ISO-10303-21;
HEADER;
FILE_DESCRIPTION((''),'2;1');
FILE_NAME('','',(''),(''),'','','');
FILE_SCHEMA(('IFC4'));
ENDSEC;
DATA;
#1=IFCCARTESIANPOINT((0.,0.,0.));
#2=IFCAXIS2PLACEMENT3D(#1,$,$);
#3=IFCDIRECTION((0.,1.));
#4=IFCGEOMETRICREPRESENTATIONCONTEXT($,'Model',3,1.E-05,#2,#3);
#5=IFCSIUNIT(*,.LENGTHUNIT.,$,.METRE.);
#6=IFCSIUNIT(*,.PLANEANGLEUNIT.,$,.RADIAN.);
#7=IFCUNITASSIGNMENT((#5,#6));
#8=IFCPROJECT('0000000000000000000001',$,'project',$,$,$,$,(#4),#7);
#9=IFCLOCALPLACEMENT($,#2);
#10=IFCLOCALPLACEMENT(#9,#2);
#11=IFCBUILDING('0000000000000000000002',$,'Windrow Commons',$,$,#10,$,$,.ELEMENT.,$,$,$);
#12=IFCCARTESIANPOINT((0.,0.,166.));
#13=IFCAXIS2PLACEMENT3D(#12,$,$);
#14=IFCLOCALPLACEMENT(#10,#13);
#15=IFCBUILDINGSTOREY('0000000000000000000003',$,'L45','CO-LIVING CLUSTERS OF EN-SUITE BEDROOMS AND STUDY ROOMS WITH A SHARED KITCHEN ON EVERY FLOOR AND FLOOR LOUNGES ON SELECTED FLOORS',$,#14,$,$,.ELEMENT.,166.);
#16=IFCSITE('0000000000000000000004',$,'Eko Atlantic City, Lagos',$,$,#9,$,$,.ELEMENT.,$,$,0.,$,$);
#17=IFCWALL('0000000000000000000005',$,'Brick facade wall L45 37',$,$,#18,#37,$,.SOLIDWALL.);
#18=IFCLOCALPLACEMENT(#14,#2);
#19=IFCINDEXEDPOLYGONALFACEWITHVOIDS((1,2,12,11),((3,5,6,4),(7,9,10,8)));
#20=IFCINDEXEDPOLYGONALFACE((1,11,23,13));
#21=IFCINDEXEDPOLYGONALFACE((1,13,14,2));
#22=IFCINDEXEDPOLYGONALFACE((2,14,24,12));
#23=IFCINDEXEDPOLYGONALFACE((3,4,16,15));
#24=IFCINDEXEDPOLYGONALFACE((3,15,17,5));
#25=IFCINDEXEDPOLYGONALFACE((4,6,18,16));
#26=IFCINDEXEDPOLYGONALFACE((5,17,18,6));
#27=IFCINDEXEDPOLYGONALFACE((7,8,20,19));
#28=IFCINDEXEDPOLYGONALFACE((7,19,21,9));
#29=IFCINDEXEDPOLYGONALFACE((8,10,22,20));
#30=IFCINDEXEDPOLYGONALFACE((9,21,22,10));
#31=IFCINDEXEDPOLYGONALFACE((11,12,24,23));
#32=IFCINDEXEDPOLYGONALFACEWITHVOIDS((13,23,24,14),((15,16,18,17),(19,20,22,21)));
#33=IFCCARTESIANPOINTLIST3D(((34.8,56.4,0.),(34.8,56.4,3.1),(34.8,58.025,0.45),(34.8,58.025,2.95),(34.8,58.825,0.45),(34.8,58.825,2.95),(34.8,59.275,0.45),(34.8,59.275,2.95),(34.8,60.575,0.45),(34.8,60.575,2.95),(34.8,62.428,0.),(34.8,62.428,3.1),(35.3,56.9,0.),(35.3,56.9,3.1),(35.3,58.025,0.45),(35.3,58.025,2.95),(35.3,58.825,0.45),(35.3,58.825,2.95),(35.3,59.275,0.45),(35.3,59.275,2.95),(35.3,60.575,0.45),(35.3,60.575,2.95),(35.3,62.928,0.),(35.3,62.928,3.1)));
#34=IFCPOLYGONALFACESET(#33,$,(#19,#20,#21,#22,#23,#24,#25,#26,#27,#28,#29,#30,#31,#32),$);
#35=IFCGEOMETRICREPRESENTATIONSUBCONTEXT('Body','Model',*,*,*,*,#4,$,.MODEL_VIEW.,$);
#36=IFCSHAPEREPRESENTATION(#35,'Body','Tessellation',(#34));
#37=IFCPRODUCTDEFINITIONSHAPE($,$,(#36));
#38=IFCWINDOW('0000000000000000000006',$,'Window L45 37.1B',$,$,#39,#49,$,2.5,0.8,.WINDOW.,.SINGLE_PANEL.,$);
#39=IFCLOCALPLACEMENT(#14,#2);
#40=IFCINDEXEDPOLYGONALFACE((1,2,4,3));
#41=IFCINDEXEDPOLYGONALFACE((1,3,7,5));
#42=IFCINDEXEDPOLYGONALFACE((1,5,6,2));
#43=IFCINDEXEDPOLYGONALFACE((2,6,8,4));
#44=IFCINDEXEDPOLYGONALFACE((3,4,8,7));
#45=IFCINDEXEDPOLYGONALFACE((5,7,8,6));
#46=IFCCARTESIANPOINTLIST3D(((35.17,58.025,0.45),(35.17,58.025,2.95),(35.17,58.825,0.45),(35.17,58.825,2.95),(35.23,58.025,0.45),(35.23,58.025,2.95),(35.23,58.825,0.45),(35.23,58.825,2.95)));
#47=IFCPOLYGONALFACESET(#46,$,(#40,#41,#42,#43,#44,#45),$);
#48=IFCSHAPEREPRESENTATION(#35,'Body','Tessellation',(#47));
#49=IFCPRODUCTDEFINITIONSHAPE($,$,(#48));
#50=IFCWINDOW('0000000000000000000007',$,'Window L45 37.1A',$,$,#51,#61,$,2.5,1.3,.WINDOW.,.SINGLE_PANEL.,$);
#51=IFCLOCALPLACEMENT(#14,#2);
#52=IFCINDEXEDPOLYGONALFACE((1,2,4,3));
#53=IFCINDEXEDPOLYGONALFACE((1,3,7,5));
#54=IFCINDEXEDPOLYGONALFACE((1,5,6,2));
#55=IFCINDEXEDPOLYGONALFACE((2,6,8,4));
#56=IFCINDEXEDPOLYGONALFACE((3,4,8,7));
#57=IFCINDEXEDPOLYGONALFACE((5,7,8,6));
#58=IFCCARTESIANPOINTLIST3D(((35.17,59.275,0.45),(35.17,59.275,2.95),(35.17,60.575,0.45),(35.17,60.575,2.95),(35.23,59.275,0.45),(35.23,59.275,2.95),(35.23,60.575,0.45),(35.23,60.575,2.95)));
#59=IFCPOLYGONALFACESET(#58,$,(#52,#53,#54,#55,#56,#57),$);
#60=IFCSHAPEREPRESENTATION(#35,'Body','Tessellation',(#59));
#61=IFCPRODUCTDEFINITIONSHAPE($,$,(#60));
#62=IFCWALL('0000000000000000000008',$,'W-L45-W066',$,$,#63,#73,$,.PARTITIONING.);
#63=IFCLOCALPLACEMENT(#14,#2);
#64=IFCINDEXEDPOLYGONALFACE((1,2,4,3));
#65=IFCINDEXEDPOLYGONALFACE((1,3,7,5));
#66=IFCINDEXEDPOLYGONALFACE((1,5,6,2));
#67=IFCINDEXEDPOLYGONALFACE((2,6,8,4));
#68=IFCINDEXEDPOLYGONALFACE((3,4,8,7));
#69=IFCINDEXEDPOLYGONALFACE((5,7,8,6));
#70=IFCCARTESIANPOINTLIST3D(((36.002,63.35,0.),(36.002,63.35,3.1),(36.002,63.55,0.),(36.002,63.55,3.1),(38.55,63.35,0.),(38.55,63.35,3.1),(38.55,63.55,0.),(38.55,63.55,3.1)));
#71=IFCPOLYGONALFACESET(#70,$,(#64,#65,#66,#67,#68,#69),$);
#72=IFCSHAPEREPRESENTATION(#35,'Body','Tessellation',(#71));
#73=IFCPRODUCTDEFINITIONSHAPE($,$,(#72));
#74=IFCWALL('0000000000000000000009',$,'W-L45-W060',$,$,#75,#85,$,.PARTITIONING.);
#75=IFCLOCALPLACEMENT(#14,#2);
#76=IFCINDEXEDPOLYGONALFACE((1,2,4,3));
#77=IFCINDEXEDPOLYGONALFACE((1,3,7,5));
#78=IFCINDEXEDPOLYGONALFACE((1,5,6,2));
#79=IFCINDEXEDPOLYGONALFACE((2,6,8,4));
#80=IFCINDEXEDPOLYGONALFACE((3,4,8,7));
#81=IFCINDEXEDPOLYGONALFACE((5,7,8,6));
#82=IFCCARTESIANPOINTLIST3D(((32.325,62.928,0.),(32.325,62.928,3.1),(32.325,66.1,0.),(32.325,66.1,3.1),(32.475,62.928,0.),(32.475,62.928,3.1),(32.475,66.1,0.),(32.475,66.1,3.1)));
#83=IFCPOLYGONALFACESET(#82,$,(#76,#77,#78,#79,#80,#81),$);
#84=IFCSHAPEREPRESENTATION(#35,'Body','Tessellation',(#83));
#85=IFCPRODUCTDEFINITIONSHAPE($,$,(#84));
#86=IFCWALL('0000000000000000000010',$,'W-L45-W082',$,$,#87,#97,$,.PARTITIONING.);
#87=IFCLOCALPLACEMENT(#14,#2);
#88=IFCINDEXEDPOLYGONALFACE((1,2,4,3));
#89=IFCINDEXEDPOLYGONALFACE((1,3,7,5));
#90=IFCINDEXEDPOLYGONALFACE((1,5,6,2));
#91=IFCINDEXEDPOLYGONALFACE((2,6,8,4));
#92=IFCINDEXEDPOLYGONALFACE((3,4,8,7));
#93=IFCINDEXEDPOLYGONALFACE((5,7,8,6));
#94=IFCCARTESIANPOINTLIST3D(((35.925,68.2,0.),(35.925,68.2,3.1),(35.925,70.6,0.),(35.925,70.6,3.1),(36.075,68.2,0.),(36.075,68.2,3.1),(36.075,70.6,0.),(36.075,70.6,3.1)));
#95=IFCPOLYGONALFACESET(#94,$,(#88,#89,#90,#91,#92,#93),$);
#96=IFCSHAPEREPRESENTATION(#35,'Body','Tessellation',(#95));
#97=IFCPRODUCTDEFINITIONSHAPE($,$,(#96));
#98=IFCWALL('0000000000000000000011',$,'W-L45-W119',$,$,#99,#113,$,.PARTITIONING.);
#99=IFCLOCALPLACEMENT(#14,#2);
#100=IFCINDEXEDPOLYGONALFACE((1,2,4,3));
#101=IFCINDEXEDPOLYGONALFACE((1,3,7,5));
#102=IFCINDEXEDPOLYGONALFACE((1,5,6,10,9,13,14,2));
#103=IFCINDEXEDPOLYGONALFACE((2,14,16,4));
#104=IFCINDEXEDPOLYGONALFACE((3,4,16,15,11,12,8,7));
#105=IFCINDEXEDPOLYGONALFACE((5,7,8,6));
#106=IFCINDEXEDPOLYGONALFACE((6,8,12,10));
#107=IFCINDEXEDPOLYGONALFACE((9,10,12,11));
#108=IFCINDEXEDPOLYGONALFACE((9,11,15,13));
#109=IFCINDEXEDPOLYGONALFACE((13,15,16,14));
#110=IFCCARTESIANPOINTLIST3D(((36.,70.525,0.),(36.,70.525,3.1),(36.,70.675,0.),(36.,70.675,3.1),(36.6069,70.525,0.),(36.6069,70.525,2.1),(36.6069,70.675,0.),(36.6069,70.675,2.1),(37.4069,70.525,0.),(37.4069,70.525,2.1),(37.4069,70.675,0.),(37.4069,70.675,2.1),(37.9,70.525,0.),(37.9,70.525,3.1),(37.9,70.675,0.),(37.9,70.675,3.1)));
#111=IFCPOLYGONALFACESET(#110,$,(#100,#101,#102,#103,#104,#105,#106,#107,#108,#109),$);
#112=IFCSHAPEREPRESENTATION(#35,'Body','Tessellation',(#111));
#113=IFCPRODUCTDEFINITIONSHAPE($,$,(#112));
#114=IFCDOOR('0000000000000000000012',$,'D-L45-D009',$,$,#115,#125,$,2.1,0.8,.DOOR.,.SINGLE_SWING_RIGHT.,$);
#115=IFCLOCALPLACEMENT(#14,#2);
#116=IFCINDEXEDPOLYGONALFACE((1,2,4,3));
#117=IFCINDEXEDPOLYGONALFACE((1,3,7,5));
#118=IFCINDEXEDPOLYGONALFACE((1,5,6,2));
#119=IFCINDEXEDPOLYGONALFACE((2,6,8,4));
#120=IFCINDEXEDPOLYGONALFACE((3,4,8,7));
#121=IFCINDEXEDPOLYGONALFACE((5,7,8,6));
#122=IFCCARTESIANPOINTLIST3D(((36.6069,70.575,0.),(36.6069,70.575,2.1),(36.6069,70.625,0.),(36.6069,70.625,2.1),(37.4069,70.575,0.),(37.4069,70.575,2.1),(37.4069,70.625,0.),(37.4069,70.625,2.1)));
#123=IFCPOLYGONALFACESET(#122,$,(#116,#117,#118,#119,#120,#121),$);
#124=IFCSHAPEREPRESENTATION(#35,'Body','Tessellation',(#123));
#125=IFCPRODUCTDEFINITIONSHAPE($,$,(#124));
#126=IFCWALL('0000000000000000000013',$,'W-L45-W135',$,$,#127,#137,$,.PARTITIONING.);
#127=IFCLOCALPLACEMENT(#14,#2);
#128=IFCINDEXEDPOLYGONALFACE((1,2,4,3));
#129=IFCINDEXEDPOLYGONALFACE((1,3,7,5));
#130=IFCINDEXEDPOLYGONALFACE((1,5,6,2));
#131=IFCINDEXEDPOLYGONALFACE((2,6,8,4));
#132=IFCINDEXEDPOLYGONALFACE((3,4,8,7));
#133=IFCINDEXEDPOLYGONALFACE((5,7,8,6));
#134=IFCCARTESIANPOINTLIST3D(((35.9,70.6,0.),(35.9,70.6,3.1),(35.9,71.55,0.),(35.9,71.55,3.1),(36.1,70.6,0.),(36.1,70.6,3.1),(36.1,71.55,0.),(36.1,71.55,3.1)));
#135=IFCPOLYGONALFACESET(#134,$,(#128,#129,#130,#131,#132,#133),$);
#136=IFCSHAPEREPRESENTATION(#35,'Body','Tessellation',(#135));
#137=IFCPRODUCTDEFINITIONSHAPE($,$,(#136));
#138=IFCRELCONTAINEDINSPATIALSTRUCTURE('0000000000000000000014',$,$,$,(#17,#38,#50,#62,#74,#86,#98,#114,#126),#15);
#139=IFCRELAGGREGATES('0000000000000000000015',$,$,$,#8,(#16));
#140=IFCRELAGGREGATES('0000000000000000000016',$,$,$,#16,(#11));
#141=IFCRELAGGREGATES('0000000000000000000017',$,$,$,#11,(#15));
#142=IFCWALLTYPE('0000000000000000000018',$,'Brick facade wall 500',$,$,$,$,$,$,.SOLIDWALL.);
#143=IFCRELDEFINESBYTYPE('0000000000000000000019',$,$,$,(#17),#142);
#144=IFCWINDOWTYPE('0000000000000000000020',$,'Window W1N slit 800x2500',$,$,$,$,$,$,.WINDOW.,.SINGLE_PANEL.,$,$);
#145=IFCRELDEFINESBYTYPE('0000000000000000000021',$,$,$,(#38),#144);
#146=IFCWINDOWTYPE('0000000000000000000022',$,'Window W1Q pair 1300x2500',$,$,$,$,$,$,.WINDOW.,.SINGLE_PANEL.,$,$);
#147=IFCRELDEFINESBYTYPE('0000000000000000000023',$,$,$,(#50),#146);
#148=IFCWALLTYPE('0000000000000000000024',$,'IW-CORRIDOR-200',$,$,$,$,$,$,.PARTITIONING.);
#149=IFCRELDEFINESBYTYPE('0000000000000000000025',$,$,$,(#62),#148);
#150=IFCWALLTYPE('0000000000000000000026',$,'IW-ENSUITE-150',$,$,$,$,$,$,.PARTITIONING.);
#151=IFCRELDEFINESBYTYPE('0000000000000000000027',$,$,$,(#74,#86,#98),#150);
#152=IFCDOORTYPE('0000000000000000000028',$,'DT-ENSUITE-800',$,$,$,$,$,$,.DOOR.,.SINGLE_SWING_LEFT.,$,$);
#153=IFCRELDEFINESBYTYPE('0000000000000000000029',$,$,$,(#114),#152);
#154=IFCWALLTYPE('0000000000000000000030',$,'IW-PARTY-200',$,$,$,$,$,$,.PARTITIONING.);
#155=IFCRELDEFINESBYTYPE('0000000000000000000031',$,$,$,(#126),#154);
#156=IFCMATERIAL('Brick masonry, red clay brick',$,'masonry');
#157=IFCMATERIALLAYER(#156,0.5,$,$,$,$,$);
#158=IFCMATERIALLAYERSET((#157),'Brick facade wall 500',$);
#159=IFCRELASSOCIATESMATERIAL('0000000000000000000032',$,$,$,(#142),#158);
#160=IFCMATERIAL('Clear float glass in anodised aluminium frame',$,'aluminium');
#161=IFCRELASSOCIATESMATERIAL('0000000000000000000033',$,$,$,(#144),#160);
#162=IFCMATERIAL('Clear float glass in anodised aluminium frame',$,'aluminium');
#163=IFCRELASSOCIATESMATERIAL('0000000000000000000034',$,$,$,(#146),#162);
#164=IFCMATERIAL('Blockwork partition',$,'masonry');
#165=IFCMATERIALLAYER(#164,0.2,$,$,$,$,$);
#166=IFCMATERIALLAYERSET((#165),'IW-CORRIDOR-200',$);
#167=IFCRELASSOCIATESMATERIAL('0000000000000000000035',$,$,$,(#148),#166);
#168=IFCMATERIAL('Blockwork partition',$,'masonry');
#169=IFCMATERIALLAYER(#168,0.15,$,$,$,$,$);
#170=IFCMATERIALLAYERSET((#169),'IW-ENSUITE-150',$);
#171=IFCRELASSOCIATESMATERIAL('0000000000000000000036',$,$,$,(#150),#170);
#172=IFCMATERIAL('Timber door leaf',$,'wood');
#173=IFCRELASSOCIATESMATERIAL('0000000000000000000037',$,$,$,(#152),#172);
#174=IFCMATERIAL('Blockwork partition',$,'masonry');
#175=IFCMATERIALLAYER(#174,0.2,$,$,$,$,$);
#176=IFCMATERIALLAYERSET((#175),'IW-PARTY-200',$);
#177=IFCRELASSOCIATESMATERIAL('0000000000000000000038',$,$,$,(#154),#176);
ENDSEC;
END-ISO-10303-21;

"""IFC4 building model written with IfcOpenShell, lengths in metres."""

from ifc_helpers import new_model, si_unit, direction, frame, frame_2d, origin, place, context, subcontext, project, spatial, polyline, rectangle, outline, extrude, material, layer, layer_set, type_object, element, fill, save


model = new_model("IFC4")

# Units and contexts
model_context = context("Model", 3, precision=1e-05, world=origin(), true_north=direction((0.0, 1.0)))
body_context = subcontext(model_context, "Body", "Model", "MODEL_VIEW")
ifc_project = project(units=[si_unit("LENGTHUNIT", "METRE"), si_unit("PLANEANGLEUNIT", "RADIAN")], contexts=[model_context])

# Site, building, storey
site_placement = place(None, origin())
site = spatial("IfcSite", under=ifc_project, at=site_placement, Name="Eko Atlantic City, Lagos", CompositionType="ELEMENT", RefElevation=0.0)
building_placement = place(site_placement, origin())
building = spatial("IfcBuilding", under=site, at=building_placement, Name="Windrow Commons", CompositionType="ELEMENT")
storey_placement = place(building_placement, frame((0.0, 0.0, 166.0)))
storey = spatial("IfcBuildingStorey", under=building, at=storey_placement, Name="L45", Description="CO-LIVING CLUSTERS OF EN-SUITE BEDROOMS AND STUDY ROOMS WITH A SHARED KITCHEN ON EVERY FLOOR AND FLOOR LOUNGES ON SELECTED FLOORS", CompositionType="ELEMENT", Elevation=166.0)

# Wall, openings, windows
ifc_material_1 = material(Name="Brick masonry, red clay brick", Category="masonry")
ifc_layer_1 = layer(ifc_material_1, 0.5)
ifc_layer_set_1 = layer_set([ifc_layer_1], Name="Brick facade wall 500")
wall_type_1 = type_object("IfcWallType", Name="Brick facade wall 500", PredefinedType="SOLIDWALL", material=ifc_layer_set_1)
wall_1_placement = place(storey_placement, frame((35.05, 62.678, 0.0), z_axis=(0.0, 0.0, 1.0), x_axis=(0.0, -1.0, 0.0)))
wall_1 = element("IfcWall", 1, at=wall_1_placement, inside=storey, type_object=wall_type_1, Name="Brick facade wall L45 37", PredefinedType="SOLIDWALL", context=body_context, shape_type="SweptSolid", body=[
    extrude(outline(polyline([(0.25, -0.25), (6.278, -0.25), (5.778, 0.25), (-0.25, 0.25), (0.25, -0.25)])), origin(), (0.0, 0.0, 1.0), 3.1),
])
opening_1_placement = place(wall_1_placement, frame((2.103, 0.0, 0.45)))
opening_1 = element("IfcOpeningElement", 2, at=opening_1_placement, cuts=wall_1, PredefinedType="OPENING", context=body_context, shape_type="SweptSolid", body=[
    extrude(rectangle(XDim=1.3, YDim=2.5, at=frame_2d((0.65, 1.25))), frame((0.0, 0.26, 0.0), z_axis=(0.0, -1.0, 0.0), x_axis=(1.0, 0.0, 0.0)), (0.0, 0.0, 1.0), 0.52),
])
opening_2_placement = place(wall_1_placement, frame((3.853, 0.0, 0.45)))
opening_2 = element("IfcOpeningElement", 3, at=opening_2_placement, cuts=wall_1, PredefinedType="OPENING", context=body_context, shape_type="SweptSolid", body=[
    extrude(rectangle(XDim=0.8, YDim=2.5, at=frame_2d((0.4, 1.25))), frame((0.0, 0.26, 0.0), z_axis=(0.0, -1.0, 0.0), x_axis=(1.0, 0.0, 0.0)), (0.0, 0.0, 1.0), 0.52),
])
ifc_material_2 = material(Name="Clear float glass in anodised aluminium frame", Category="aluminium")
window_type_1 = type_object("IfcWindowType", Name="Window W1N slit 800x2500", PartitioningType="SINGLE_PANEL", PredefinedType="WINDOW", material=ifc_material_2)
window_1_placement = place(opening_2_placement, origin())
window_1 = element("IfcWindow", 4, at=window_1_placement, inside=storey, type_object=window_type_1, Name="Window L45 37.1B", OverallHeight=2.5, OverallWidth=0.8, PartitioningType="SINGLE_PANEL", PredefinedType="WINDOW", context=body_context, shape_type="SweptSolid", body=[
    extrude(rectangle(XDim=0.8, YDim=2.5, at=frame_2d((0.4, 1.25))), frame((0.0, 0.18, 0.0), z_axis=(0.0, -1.0, 0.0), x_axis=(1.0, 0.0, 0.0)), (0.0, 0.0, 1.0), 0.06),
])
fill(opening_2, window_1)
ifc_material_3 = material(Name="Clear float glass in anodised aluminium frame", Category="aluminium")
window_type_2 = type_object("IfcWindowType", Name="Window W1Q pair 1300x2500", PartitioningType="SINGLE_PANEL", PredefinedType="WINDOW", material=ifc_material_3)
window_2_placement = place(opening_1_placement, origin())
window_2 = element("IfcWindow", 5, at=window_2_placement, inside=storey, type_object=window_type_2, Name="Window L45 37.1A", OverallHeight=2.5, OverallWidth=1.3, PartitioningType="SINGLE_PANEL", PredefinedType="WINDOW", context=body_context, shape_type="SweptSolid", body=[
    extrude(rectangle(XDim=1.3, YDim=2.5, at=frame_2d((0.65, 1.25))), frame((0.0, 0.18, 0.0), z_axis=(0.0, -1.0, 0.0), x_axis=(1.0, 0.0, 0.0)), (0.0, 0.0, 1.0), 0.06),
])
fill(opening_1, window_2)

# Walls
ifc_material_4 = material(Name="Blockwork partition", Category="masonry")
ifc_layer_2 = layer(ifc_material_4, 0.2)
ifc_layer_set_2 = layer_set([ifc_layer_2], Name="IW-CORRIDOR-200")
wall_type_2 = type_object("IfcWallType", Name="IW-CORRIDOR-200", PredefinedType="PARTITIONING", material=ifc_layer_set_2)
wall_2_placement = place(storey_placement, frame((36.002, 63.45, 0.0), z_axis=(0.0, 0.0, 1.0), x_axis=(1.0, 0.0, 0.0)))
element("IfcWall", 6, at=wall_2_placement, inside=storey, type_object=wall_type_2, Name="W-L45-W066", PredefinedType="PARTITIONING", context=body_context, shape_type="SweptSolid", body=[
    extrude(rectangle(XDim=2.548, YDim=0.2, at=frame_2d((1.274, 0.0))), origin(), (0.0, 0.0, 1.0), 3.1),
])
ifc_material_5 = material(Name="Blockwork partition", Category="masonry")
ifc_layer_3 = layer(ifc_material_5, 0.15)
ifc_layer_set_3 = layer_set([ifc_layer_3], Name="IW-ENSUITE-150")
wall_type_3 = type_object("IfcWallType", Name="IW-ENSUITE-150", PredefinedType="PARTITIONING", material=ifc_layer_set_3)
wall_3_placement = place(storey_placement, frame((32.4, 62.928, 0.0), z_axis=(0.0, 0.0, 1.0), x_axis=(0.0, 1.0, 0.0)))
element("IfcWall", 7, at=wall_3_placement, inside=storey, type_object=wall_type_3, Name="W-L45-W060", PredefinedType="PARTITIONING", context=body_context, shape_type="SweptSolid", body=[
    extrude(rectangle(XDim=3.172, YDim=0.15, at=frame_2d((1.586, 0.0))), origin(), (0.0, 0.0, 1.0), 3.1),
])
wall_4_placement = place(storey_placement, frame((36.0, 68.2, 0.0), z_axis=(0.0, 0.0, 1.0), x_axis=(0.0, 1.0, 0.0)))
element("IfcWall", 8, at=wall_4_placement, inside=storey, type_object=wall_type_3, Name="W-L45-W082", PredefinedType="PARTITIONING", context=body_context, shape_type="SweptSolid", body=[
    extrude(rectangle(XDim=2.4, YDim=0.15, at=frame_2d((1.2, 0.0))), origin(), (0.0, 0.0, 1.0), 3.1),
])

# Wall, opening, door
wall_5_placement = place(storey_placement, frame((36.0, 70.6, 0.0), z_axis=(0.0, 0.0, 1.0), x_axis=(1.0, 0.0, 0.0)))
wall_5 = element("IfcWall", 9, at=wall_5_placement, inside=storey, type_object=wall_type_3, Name="W-L45-W119", PredefinedType="PARTITIONING", context=body_context, shape_type="SweptSolid", body=[
    extrude(rectangle(XDim=1.9, YDim=0.15, at=frame_2d((0.95, 0.0))), origin(), (0.0, 0.0, 1.0), 3.1),
])
opening_3_placement = place(wall_5_placement, frame((0.6069, 0.0, 0.0)))
opening_3 = element("IfcOpeningElement", 10, at=opening_3_placement, cuts=wall_5, PredefinedType="OPENING", context=body_context, shape_type="SweptSolid", body=[
    extrude(rectangle(XDim=0.8, YDim=2.1, at=frame_2d((0.4, 1.05))), frame((0.0, 0.085, 0.0), z_axis=(0.0, -1.0, 0.0), x_axis=(1.0, 0.0, 0.0)), (0.0, 0.0, 1.0), 0.17),
])
ifc_material_6 = material(Name="Timber door leaf", Category="wood")
door_type = type_object("IfcDoorType", Name="DT-ENSUITE-800", OperationType="SINGLE_SWING_LEFT", PredefinedType="DOOR", material=ifc_material_6)
door_placement = place(opening_3_placement, origin())
door = element("IfcDoor", 11, at=door_placement, inside=storey, type_object=door_type, Name="D-L45-D009", OperationType="SINGLE_SWING_RIGHT", OverallHeight=2.1, OverallWidth=0.8, PredefinedType="DOOR", context=body_context, shape_type="SweptSolid", body=[
    extrude(rectangle(XDim=0.8, YDim=2.1, at=frame_2d((0.4, 1.05))), frame((0.0, 0.025, 0.0), z_axis=(0.0, -1.0, 0.0), x_axis=(1.0, 0.0, 0.0)), (0.0, 0.0, 1.0), 0.05),
])
fill(opening_3, door)

# Wall
ifc_material_7 = material(Name="Blockwork partition", Category="masonry")
ifc_layer_4 = layer(ifc_material_7, 0.2)
ifc_layer_set_4 = layer_set([ifc_layer_4], Name="IW-PARTY-200")
wall_type_4 = type_object("IfcWallType", Name="IW-PARTY-200", PredefinedType="PARTITIONING", material=ifc_layer_set_4)
wall_6_placement = place(storey_placement, frame((36.0, 70.6, 0.0), z_axis=(0.0, 0.0, 1.0), x_axis=(0.0, 1.0, 0.0)))
element("IfcWall", 12, at=wall_6_placement, inside=storey, type_object=wall_type_4, Name="W-L45-W135", PredefinedType="PARTITIONING", context=body_context, shape_type="SweptSolid", body=[
    extrude(rectangle(XDim=0.95, YDim=0.2, at=frame_2d((0.475, 0.0))), origin(), (0.0, 0.0, 1.0), 3.1),
])

save(model, "model.ifc")
